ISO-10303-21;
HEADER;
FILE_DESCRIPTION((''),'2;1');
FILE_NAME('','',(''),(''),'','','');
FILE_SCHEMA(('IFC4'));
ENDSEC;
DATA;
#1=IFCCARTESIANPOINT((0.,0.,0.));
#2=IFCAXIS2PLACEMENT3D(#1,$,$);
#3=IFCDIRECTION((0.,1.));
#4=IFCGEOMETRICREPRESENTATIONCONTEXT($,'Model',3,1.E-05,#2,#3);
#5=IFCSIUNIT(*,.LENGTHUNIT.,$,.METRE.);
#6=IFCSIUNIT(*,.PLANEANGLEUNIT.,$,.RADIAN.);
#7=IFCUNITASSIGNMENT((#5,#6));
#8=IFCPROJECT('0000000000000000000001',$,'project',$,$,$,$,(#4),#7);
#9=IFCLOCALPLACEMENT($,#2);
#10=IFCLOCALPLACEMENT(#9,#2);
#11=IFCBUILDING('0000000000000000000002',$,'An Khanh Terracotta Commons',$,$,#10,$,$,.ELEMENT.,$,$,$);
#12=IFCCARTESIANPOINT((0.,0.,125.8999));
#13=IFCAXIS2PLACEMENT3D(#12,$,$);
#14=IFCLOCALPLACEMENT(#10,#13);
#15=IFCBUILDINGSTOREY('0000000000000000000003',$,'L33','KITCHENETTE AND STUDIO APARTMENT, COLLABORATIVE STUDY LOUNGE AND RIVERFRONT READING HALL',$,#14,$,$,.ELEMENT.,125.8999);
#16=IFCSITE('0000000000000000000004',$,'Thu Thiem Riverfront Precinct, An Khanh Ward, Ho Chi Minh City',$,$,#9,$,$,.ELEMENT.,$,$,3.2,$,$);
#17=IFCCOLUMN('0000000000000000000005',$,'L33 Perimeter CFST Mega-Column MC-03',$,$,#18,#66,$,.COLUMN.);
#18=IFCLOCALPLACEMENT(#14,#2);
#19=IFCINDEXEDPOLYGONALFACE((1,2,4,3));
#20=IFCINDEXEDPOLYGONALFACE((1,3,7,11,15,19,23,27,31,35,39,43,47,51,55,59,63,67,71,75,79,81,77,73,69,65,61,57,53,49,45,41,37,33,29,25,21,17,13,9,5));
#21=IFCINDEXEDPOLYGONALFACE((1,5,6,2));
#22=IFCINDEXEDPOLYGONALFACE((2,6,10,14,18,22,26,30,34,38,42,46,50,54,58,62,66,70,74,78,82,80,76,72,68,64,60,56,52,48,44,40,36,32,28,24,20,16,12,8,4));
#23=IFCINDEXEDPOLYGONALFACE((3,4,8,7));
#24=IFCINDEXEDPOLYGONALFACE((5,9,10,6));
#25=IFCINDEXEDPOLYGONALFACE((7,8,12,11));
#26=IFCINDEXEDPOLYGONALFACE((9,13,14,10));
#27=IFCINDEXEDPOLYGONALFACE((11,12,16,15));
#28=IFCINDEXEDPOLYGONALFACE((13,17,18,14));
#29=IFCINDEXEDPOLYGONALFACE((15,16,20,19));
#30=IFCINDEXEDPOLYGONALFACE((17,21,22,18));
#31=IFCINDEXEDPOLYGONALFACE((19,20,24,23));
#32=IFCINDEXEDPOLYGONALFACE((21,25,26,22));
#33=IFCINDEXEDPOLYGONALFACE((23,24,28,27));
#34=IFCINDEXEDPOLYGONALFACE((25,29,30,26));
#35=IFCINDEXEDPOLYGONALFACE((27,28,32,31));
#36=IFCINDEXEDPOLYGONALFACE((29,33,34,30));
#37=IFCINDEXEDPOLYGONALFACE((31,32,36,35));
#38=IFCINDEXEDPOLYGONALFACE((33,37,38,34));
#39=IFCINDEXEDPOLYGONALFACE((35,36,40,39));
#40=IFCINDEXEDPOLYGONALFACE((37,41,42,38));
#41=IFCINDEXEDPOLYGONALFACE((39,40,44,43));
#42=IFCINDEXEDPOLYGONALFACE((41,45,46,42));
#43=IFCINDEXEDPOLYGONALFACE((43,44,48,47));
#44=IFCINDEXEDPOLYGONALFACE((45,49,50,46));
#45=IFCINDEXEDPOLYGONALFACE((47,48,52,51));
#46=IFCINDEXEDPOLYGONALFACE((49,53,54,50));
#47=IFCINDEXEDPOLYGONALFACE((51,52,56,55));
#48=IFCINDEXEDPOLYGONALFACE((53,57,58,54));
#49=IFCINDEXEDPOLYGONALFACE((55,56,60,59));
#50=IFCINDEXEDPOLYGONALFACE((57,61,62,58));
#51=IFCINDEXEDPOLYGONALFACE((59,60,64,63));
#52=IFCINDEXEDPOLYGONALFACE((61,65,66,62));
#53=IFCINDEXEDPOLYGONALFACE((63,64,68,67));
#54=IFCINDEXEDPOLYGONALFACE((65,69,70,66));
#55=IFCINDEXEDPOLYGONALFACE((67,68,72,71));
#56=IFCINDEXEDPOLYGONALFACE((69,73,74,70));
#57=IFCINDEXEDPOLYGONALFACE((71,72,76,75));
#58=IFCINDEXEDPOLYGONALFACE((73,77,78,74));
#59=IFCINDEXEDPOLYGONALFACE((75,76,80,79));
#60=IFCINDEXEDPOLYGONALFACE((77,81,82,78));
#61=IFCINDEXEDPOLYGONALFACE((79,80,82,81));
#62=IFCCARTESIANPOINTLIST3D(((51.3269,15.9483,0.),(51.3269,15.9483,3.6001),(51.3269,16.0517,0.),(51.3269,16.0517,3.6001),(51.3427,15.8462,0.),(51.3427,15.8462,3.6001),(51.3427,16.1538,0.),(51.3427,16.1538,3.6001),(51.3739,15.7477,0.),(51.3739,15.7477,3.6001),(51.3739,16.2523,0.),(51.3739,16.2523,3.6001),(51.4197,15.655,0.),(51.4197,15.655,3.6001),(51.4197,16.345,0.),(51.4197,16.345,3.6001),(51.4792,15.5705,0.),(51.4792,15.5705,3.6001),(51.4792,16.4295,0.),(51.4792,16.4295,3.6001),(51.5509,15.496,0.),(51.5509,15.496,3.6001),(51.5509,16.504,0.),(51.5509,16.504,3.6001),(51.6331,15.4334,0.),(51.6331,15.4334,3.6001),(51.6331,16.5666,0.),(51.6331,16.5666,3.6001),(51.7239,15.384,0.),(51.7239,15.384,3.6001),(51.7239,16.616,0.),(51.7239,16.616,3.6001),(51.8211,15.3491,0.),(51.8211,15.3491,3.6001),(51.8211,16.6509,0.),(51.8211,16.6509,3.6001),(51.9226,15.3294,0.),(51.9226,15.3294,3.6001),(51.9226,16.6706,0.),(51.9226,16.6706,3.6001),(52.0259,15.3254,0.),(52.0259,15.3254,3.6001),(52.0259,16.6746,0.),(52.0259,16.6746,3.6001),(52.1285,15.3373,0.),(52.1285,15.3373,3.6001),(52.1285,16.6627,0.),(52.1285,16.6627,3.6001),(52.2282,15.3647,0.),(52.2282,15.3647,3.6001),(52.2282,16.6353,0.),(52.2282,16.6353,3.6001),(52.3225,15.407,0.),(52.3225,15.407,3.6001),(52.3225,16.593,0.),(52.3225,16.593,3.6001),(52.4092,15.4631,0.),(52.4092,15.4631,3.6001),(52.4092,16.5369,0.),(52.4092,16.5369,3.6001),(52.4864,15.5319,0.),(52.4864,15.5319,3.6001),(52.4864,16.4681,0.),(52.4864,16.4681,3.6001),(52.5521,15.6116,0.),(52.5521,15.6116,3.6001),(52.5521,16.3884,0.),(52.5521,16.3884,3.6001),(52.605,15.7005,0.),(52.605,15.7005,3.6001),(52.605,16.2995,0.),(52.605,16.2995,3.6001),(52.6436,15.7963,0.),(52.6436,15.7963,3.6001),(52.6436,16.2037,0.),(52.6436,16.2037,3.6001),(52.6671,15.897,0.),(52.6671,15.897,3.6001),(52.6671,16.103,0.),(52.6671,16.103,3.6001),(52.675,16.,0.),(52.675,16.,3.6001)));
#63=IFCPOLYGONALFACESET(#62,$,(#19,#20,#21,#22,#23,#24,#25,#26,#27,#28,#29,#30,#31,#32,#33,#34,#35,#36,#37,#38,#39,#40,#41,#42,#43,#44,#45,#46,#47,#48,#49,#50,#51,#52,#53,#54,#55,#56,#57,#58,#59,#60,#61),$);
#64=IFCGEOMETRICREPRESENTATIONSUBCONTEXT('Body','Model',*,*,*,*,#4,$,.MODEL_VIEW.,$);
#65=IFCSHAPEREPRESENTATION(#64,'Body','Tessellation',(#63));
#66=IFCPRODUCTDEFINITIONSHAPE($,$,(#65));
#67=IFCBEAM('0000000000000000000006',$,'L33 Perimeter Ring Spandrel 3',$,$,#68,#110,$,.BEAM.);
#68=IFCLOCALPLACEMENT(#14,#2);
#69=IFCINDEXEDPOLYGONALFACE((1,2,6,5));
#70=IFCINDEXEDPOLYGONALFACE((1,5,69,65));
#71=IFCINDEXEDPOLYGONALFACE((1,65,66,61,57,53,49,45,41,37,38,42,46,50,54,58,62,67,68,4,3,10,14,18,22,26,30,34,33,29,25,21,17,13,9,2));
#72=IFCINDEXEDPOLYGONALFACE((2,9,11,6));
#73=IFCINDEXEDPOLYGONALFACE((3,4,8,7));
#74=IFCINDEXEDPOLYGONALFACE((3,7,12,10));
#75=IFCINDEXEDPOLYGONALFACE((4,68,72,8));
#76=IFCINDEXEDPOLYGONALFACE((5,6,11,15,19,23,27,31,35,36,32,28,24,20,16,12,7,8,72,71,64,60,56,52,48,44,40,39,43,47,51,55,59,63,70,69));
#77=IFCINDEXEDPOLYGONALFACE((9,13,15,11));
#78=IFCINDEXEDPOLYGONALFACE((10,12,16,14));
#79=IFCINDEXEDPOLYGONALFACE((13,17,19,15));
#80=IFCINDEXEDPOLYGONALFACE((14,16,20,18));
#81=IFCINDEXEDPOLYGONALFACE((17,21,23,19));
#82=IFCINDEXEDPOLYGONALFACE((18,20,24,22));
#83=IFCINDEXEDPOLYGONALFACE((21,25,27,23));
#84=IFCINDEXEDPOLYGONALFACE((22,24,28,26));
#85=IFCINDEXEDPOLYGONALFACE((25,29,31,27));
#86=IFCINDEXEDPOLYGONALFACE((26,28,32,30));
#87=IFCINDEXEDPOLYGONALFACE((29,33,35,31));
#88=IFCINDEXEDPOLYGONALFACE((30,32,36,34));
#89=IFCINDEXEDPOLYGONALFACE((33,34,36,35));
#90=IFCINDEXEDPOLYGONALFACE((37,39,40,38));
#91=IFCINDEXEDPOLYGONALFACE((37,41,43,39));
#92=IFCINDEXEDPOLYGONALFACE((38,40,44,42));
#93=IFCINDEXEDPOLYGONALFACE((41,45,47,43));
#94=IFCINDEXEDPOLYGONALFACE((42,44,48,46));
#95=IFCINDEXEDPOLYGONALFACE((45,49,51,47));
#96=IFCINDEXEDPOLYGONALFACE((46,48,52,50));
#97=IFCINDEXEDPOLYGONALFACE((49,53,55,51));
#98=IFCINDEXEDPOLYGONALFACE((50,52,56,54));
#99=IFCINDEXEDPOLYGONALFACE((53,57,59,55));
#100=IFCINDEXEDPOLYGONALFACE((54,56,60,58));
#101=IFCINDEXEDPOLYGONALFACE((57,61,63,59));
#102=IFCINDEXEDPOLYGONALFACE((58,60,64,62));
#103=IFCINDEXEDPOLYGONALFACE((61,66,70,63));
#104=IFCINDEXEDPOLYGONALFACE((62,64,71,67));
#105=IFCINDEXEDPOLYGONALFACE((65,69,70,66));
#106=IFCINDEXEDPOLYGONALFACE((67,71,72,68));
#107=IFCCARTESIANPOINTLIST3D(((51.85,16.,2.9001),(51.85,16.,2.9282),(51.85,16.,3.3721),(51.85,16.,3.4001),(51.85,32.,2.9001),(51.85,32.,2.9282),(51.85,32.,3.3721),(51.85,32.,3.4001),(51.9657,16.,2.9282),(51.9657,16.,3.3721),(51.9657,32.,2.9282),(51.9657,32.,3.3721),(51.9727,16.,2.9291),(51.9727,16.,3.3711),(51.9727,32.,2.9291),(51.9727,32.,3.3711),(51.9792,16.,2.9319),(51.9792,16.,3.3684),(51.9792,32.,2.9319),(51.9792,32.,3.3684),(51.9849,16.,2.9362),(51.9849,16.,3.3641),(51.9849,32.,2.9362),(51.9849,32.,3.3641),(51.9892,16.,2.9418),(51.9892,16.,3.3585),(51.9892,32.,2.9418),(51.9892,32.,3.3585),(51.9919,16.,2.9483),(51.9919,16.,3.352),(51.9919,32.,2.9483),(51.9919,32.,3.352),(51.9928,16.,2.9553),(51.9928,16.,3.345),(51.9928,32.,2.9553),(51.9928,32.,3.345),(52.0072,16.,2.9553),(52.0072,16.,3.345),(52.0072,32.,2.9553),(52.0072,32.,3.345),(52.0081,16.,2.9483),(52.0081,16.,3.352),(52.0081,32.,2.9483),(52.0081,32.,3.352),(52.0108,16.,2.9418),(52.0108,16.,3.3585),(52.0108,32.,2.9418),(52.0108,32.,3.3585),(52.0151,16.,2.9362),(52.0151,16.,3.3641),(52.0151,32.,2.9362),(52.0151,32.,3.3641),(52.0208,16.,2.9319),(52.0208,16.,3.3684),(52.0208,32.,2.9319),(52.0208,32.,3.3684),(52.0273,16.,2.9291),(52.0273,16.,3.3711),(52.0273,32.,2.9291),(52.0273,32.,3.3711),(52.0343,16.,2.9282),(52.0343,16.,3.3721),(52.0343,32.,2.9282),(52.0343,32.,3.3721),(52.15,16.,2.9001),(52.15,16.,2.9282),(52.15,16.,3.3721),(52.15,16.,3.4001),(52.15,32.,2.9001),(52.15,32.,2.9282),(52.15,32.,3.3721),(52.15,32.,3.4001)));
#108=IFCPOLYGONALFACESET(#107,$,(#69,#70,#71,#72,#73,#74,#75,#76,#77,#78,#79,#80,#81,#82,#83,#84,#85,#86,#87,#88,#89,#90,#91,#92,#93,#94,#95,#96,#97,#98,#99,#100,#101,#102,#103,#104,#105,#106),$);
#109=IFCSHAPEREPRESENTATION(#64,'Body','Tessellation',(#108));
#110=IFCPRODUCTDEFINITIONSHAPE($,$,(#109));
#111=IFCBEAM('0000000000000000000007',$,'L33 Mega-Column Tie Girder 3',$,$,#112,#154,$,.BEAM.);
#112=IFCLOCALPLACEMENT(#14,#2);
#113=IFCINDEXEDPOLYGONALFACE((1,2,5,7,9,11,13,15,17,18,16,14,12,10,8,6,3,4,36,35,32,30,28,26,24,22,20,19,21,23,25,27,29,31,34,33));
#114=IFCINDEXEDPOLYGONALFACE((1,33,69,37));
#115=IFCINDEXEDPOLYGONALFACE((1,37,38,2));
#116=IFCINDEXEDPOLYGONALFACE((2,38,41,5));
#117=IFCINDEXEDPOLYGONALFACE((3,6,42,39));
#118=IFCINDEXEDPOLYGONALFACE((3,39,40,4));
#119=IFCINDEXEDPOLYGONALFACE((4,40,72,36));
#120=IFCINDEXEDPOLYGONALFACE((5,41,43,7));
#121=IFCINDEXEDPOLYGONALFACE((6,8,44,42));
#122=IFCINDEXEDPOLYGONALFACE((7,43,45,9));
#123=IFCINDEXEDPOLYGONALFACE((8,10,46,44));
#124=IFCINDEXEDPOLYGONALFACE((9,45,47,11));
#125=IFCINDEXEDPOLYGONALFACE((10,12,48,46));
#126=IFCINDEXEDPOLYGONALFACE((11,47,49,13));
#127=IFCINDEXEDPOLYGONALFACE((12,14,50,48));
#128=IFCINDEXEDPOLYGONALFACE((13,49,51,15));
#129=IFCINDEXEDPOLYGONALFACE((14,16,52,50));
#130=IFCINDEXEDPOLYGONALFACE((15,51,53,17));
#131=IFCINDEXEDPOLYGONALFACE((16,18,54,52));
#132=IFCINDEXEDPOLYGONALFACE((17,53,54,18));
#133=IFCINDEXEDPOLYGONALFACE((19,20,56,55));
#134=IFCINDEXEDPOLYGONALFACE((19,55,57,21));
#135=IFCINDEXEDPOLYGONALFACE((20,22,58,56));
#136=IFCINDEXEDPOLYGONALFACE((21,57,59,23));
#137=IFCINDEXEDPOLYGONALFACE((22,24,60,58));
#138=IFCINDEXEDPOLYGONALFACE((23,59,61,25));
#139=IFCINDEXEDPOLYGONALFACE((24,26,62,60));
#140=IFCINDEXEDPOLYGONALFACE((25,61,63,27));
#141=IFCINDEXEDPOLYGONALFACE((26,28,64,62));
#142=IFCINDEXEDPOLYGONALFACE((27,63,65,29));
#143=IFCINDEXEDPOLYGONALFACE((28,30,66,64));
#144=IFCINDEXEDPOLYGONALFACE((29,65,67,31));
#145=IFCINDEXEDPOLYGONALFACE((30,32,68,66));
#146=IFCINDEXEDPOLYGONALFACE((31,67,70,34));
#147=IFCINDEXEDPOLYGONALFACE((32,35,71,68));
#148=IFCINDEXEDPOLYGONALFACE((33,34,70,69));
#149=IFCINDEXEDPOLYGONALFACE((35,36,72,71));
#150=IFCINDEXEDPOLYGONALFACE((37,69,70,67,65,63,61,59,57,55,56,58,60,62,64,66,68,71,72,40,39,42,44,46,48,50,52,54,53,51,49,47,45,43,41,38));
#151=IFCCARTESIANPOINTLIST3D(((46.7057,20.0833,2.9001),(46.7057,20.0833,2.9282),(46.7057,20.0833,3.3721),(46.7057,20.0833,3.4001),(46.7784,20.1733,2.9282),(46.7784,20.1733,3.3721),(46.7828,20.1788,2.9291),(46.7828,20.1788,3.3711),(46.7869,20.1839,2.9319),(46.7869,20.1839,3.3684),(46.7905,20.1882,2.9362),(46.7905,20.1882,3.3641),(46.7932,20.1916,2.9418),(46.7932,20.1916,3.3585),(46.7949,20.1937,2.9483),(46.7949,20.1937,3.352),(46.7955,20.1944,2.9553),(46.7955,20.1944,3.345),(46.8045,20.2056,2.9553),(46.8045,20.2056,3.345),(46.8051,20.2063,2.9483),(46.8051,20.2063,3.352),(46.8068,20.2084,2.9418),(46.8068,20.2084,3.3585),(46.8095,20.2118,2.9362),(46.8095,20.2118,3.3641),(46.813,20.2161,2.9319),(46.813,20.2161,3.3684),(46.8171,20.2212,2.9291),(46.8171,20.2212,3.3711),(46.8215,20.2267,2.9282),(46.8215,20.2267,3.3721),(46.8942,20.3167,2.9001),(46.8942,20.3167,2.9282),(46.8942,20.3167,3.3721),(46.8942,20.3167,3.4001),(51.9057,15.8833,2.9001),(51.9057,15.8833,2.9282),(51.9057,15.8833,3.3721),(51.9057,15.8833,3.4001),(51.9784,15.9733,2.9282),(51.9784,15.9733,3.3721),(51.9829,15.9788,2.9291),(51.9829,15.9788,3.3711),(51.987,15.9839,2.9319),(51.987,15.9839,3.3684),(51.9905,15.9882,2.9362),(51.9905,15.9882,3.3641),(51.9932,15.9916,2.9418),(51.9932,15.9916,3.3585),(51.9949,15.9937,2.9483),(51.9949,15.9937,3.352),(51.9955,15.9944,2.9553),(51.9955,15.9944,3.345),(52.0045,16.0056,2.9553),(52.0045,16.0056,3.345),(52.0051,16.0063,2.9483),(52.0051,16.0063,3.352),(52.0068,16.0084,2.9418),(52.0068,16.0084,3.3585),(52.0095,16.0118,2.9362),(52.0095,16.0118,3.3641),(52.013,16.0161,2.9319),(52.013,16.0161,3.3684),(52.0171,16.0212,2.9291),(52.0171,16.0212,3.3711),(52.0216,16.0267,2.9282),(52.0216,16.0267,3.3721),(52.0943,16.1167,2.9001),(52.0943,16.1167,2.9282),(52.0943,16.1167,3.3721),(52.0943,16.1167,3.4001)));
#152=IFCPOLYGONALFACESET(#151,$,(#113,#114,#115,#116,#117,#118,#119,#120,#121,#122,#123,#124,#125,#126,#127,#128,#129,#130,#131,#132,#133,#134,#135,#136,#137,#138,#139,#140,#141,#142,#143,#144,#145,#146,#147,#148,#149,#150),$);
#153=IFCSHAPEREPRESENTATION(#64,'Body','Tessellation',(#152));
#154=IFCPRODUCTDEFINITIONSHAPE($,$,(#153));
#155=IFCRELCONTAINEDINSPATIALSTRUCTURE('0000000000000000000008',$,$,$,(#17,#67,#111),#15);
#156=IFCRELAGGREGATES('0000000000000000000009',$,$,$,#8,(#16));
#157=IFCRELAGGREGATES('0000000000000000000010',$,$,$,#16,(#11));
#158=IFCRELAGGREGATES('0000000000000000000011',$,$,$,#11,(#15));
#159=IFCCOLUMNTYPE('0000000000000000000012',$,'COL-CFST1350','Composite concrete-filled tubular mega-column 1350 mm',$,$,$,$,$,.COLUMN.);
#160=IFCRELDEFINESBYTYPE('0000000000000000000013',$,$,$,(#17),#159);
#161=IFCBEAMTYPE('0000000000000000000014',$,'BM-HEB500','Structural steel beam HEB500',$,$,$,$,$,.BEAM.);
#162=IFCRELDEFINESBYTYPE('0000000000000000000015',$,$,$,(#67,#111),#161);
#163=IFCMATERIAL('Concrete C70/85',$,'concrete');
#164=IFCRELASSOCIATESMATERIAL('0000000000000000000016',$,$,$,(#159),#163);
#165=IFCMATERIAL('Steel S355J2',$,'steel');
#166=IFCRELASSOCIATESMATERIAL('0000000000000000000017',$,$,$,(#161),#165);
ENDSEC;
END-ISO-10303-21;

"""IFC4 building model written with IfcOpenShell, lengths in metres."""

from ifc_helpers import new_model, si_unit, direction, frame, origin, origin_2d, place, context, subcontext, project, spatial, circle, i_section, extrude, material, material_profile, profile_set, type_object, element, save


model = new_model("IFC4")

# Units and contexts
model_context = context("Model", 3, precision=1e-05, world=origin(), true_north=direction((0.0, 1.0)))
body_context = subcontext(model_context, "Body", "Model", "MODEL_VIEW")
ifc_project = project(units=[si_unit("LENGTHUNIT", "METRE"), si_unit("PLANEANGLEUNIT", "RADIAN")], contexts=[model_context])

# Site, building, storey
site_placement = place(None, origin())
site = spatial("IfcSite", under=ifc_project, at=site_placement, Name="Thu Thiem Riverfront Precinct, An Khanh Ward, Ho Chi Minh City", CompositionType="ELEMENT", RefElevation=3.2)
building_placement = place(site_placement, origin())
building = spatial("IfcBuilding", under=site, at=building_placement, Name="An Khanh Terracotta Commons", CompositionType="ELEMENT")
storey_placement = place(building_placement, frame((0.0, 0.0, 125.8999)))
storey = spatial("IfcBuildingStorey", under=building, at=storey_placement, Name="L33", Description="KITCHENETTE AND STUDIO APARTMENT, COLLABORATIVE STUDY LOUNGE AND RIVERFRONT READING HALL", CompositionType="ELEMENT", Elevation=125.8999)

# Column
ifc_material_1 = material(Name="Concrete C70/85", Category="concrete")
ifc_material_profile_1 = material_profile(ifc_material_1, circle(Radius=0.675, at=origin_2d()), Name="CFST1350")
ifc_profile_set_1 = profile_set([ifc_material_profile_1], Name="Concrete C70/85")
column_type = type_object("IfcColumnType", Name="COL-CFST1350", Description="Composite concrete-filled tubular mega-column 1350 mm", PredefinedType="COLUMN", material=ifc_profile_set_1)
column_placement = place(storey_placement, frame((52.0, 16.0, 0.0), z_axis=(0.0, 0.0, 1.0), x_axis=(1.0, 0.0, 0.0)))
element("IfcColumn", 1, at=column_placement, inside=storey, type_object=column_type, Name="L33 Perimeter CFST Mega-Column MC-03", PredefinedType="COLUMN", context=body_context, shape_type="SweptSolid", body=[
    extrude(circle(Radius=0.675, at=origin_2d()), origin(), (0.0, 0.0, 1.0), 3.6001),
])

# Beams
ifc_material_2 = material(Name="Steel S355J2", Category="steel")
ifc_material_profile_2 = material_profile(ifc_material_2, i_section(OverallWidth=0.3, OverallDepth=0.5, WebThickness=0.0144, FlangeThickness=0.0281, FilletRadius=0.0271, at=origin_2d()), Name="HEB500")
ifc_profile_set_2 = profile_set([ifc_material_profile_2], Name="Steel S355J2")
beam_type = type_object("IfcBeamType", Name="BM-HEB500", Description="Structural steel beam HEB500", PredefinedType="BEAM", material=ifc_profile_set_2)
beam_1_placement = place(storey_placement, frame((52.0, 16.0, 3.1501), z_axis=(0.0, 1.0, 0.0), x_axis=(-1.0, 0.0, 0.0)))
element("IfcBeam", 2, at=beam_1_placement, inside=storey, type_object=beam_type, Name="L33 Perimeter Ring Spandrel 3", PredefinedType="BEAM", context=body_context, shape_type="SweptSolid", body=[
    extrude(i_section(OverallWidth=0.3, OverallDepth=0.5, WebThickness=0.0144, FlangeThickness=0.0281, FilletRadius=0.0271, at=origin_2d()), origin(), (0.0, 0.0, 1.0), 16.0),
])
beam_2_placement = place(storey_placement, frame((52.0, 16.0, 3.1501), z_axis=(-0.777942, 0.628336, 0.0), x_axis=(-0.628336, -0.777942, 0.0)))
element("IfcBeam", 3, at=beam_2_placement, inside=storey, type_object=beam_type, Name="L33 Mega-Column Tie Girder 3", PredefinedType="BEAM", context=body_context, shape_type="SweptSolid", body=[
    extrude(i_section(OverallWidth=0.3, OverallDepth=0.5, WebThickness=0.0144, FlangeThickness=0.0281, FilletRadius=0.0271, at=origin_2d()), origin(), (0.0, 0.0, 1.0), 6.6843),
])

save(model, "model.ifc")
